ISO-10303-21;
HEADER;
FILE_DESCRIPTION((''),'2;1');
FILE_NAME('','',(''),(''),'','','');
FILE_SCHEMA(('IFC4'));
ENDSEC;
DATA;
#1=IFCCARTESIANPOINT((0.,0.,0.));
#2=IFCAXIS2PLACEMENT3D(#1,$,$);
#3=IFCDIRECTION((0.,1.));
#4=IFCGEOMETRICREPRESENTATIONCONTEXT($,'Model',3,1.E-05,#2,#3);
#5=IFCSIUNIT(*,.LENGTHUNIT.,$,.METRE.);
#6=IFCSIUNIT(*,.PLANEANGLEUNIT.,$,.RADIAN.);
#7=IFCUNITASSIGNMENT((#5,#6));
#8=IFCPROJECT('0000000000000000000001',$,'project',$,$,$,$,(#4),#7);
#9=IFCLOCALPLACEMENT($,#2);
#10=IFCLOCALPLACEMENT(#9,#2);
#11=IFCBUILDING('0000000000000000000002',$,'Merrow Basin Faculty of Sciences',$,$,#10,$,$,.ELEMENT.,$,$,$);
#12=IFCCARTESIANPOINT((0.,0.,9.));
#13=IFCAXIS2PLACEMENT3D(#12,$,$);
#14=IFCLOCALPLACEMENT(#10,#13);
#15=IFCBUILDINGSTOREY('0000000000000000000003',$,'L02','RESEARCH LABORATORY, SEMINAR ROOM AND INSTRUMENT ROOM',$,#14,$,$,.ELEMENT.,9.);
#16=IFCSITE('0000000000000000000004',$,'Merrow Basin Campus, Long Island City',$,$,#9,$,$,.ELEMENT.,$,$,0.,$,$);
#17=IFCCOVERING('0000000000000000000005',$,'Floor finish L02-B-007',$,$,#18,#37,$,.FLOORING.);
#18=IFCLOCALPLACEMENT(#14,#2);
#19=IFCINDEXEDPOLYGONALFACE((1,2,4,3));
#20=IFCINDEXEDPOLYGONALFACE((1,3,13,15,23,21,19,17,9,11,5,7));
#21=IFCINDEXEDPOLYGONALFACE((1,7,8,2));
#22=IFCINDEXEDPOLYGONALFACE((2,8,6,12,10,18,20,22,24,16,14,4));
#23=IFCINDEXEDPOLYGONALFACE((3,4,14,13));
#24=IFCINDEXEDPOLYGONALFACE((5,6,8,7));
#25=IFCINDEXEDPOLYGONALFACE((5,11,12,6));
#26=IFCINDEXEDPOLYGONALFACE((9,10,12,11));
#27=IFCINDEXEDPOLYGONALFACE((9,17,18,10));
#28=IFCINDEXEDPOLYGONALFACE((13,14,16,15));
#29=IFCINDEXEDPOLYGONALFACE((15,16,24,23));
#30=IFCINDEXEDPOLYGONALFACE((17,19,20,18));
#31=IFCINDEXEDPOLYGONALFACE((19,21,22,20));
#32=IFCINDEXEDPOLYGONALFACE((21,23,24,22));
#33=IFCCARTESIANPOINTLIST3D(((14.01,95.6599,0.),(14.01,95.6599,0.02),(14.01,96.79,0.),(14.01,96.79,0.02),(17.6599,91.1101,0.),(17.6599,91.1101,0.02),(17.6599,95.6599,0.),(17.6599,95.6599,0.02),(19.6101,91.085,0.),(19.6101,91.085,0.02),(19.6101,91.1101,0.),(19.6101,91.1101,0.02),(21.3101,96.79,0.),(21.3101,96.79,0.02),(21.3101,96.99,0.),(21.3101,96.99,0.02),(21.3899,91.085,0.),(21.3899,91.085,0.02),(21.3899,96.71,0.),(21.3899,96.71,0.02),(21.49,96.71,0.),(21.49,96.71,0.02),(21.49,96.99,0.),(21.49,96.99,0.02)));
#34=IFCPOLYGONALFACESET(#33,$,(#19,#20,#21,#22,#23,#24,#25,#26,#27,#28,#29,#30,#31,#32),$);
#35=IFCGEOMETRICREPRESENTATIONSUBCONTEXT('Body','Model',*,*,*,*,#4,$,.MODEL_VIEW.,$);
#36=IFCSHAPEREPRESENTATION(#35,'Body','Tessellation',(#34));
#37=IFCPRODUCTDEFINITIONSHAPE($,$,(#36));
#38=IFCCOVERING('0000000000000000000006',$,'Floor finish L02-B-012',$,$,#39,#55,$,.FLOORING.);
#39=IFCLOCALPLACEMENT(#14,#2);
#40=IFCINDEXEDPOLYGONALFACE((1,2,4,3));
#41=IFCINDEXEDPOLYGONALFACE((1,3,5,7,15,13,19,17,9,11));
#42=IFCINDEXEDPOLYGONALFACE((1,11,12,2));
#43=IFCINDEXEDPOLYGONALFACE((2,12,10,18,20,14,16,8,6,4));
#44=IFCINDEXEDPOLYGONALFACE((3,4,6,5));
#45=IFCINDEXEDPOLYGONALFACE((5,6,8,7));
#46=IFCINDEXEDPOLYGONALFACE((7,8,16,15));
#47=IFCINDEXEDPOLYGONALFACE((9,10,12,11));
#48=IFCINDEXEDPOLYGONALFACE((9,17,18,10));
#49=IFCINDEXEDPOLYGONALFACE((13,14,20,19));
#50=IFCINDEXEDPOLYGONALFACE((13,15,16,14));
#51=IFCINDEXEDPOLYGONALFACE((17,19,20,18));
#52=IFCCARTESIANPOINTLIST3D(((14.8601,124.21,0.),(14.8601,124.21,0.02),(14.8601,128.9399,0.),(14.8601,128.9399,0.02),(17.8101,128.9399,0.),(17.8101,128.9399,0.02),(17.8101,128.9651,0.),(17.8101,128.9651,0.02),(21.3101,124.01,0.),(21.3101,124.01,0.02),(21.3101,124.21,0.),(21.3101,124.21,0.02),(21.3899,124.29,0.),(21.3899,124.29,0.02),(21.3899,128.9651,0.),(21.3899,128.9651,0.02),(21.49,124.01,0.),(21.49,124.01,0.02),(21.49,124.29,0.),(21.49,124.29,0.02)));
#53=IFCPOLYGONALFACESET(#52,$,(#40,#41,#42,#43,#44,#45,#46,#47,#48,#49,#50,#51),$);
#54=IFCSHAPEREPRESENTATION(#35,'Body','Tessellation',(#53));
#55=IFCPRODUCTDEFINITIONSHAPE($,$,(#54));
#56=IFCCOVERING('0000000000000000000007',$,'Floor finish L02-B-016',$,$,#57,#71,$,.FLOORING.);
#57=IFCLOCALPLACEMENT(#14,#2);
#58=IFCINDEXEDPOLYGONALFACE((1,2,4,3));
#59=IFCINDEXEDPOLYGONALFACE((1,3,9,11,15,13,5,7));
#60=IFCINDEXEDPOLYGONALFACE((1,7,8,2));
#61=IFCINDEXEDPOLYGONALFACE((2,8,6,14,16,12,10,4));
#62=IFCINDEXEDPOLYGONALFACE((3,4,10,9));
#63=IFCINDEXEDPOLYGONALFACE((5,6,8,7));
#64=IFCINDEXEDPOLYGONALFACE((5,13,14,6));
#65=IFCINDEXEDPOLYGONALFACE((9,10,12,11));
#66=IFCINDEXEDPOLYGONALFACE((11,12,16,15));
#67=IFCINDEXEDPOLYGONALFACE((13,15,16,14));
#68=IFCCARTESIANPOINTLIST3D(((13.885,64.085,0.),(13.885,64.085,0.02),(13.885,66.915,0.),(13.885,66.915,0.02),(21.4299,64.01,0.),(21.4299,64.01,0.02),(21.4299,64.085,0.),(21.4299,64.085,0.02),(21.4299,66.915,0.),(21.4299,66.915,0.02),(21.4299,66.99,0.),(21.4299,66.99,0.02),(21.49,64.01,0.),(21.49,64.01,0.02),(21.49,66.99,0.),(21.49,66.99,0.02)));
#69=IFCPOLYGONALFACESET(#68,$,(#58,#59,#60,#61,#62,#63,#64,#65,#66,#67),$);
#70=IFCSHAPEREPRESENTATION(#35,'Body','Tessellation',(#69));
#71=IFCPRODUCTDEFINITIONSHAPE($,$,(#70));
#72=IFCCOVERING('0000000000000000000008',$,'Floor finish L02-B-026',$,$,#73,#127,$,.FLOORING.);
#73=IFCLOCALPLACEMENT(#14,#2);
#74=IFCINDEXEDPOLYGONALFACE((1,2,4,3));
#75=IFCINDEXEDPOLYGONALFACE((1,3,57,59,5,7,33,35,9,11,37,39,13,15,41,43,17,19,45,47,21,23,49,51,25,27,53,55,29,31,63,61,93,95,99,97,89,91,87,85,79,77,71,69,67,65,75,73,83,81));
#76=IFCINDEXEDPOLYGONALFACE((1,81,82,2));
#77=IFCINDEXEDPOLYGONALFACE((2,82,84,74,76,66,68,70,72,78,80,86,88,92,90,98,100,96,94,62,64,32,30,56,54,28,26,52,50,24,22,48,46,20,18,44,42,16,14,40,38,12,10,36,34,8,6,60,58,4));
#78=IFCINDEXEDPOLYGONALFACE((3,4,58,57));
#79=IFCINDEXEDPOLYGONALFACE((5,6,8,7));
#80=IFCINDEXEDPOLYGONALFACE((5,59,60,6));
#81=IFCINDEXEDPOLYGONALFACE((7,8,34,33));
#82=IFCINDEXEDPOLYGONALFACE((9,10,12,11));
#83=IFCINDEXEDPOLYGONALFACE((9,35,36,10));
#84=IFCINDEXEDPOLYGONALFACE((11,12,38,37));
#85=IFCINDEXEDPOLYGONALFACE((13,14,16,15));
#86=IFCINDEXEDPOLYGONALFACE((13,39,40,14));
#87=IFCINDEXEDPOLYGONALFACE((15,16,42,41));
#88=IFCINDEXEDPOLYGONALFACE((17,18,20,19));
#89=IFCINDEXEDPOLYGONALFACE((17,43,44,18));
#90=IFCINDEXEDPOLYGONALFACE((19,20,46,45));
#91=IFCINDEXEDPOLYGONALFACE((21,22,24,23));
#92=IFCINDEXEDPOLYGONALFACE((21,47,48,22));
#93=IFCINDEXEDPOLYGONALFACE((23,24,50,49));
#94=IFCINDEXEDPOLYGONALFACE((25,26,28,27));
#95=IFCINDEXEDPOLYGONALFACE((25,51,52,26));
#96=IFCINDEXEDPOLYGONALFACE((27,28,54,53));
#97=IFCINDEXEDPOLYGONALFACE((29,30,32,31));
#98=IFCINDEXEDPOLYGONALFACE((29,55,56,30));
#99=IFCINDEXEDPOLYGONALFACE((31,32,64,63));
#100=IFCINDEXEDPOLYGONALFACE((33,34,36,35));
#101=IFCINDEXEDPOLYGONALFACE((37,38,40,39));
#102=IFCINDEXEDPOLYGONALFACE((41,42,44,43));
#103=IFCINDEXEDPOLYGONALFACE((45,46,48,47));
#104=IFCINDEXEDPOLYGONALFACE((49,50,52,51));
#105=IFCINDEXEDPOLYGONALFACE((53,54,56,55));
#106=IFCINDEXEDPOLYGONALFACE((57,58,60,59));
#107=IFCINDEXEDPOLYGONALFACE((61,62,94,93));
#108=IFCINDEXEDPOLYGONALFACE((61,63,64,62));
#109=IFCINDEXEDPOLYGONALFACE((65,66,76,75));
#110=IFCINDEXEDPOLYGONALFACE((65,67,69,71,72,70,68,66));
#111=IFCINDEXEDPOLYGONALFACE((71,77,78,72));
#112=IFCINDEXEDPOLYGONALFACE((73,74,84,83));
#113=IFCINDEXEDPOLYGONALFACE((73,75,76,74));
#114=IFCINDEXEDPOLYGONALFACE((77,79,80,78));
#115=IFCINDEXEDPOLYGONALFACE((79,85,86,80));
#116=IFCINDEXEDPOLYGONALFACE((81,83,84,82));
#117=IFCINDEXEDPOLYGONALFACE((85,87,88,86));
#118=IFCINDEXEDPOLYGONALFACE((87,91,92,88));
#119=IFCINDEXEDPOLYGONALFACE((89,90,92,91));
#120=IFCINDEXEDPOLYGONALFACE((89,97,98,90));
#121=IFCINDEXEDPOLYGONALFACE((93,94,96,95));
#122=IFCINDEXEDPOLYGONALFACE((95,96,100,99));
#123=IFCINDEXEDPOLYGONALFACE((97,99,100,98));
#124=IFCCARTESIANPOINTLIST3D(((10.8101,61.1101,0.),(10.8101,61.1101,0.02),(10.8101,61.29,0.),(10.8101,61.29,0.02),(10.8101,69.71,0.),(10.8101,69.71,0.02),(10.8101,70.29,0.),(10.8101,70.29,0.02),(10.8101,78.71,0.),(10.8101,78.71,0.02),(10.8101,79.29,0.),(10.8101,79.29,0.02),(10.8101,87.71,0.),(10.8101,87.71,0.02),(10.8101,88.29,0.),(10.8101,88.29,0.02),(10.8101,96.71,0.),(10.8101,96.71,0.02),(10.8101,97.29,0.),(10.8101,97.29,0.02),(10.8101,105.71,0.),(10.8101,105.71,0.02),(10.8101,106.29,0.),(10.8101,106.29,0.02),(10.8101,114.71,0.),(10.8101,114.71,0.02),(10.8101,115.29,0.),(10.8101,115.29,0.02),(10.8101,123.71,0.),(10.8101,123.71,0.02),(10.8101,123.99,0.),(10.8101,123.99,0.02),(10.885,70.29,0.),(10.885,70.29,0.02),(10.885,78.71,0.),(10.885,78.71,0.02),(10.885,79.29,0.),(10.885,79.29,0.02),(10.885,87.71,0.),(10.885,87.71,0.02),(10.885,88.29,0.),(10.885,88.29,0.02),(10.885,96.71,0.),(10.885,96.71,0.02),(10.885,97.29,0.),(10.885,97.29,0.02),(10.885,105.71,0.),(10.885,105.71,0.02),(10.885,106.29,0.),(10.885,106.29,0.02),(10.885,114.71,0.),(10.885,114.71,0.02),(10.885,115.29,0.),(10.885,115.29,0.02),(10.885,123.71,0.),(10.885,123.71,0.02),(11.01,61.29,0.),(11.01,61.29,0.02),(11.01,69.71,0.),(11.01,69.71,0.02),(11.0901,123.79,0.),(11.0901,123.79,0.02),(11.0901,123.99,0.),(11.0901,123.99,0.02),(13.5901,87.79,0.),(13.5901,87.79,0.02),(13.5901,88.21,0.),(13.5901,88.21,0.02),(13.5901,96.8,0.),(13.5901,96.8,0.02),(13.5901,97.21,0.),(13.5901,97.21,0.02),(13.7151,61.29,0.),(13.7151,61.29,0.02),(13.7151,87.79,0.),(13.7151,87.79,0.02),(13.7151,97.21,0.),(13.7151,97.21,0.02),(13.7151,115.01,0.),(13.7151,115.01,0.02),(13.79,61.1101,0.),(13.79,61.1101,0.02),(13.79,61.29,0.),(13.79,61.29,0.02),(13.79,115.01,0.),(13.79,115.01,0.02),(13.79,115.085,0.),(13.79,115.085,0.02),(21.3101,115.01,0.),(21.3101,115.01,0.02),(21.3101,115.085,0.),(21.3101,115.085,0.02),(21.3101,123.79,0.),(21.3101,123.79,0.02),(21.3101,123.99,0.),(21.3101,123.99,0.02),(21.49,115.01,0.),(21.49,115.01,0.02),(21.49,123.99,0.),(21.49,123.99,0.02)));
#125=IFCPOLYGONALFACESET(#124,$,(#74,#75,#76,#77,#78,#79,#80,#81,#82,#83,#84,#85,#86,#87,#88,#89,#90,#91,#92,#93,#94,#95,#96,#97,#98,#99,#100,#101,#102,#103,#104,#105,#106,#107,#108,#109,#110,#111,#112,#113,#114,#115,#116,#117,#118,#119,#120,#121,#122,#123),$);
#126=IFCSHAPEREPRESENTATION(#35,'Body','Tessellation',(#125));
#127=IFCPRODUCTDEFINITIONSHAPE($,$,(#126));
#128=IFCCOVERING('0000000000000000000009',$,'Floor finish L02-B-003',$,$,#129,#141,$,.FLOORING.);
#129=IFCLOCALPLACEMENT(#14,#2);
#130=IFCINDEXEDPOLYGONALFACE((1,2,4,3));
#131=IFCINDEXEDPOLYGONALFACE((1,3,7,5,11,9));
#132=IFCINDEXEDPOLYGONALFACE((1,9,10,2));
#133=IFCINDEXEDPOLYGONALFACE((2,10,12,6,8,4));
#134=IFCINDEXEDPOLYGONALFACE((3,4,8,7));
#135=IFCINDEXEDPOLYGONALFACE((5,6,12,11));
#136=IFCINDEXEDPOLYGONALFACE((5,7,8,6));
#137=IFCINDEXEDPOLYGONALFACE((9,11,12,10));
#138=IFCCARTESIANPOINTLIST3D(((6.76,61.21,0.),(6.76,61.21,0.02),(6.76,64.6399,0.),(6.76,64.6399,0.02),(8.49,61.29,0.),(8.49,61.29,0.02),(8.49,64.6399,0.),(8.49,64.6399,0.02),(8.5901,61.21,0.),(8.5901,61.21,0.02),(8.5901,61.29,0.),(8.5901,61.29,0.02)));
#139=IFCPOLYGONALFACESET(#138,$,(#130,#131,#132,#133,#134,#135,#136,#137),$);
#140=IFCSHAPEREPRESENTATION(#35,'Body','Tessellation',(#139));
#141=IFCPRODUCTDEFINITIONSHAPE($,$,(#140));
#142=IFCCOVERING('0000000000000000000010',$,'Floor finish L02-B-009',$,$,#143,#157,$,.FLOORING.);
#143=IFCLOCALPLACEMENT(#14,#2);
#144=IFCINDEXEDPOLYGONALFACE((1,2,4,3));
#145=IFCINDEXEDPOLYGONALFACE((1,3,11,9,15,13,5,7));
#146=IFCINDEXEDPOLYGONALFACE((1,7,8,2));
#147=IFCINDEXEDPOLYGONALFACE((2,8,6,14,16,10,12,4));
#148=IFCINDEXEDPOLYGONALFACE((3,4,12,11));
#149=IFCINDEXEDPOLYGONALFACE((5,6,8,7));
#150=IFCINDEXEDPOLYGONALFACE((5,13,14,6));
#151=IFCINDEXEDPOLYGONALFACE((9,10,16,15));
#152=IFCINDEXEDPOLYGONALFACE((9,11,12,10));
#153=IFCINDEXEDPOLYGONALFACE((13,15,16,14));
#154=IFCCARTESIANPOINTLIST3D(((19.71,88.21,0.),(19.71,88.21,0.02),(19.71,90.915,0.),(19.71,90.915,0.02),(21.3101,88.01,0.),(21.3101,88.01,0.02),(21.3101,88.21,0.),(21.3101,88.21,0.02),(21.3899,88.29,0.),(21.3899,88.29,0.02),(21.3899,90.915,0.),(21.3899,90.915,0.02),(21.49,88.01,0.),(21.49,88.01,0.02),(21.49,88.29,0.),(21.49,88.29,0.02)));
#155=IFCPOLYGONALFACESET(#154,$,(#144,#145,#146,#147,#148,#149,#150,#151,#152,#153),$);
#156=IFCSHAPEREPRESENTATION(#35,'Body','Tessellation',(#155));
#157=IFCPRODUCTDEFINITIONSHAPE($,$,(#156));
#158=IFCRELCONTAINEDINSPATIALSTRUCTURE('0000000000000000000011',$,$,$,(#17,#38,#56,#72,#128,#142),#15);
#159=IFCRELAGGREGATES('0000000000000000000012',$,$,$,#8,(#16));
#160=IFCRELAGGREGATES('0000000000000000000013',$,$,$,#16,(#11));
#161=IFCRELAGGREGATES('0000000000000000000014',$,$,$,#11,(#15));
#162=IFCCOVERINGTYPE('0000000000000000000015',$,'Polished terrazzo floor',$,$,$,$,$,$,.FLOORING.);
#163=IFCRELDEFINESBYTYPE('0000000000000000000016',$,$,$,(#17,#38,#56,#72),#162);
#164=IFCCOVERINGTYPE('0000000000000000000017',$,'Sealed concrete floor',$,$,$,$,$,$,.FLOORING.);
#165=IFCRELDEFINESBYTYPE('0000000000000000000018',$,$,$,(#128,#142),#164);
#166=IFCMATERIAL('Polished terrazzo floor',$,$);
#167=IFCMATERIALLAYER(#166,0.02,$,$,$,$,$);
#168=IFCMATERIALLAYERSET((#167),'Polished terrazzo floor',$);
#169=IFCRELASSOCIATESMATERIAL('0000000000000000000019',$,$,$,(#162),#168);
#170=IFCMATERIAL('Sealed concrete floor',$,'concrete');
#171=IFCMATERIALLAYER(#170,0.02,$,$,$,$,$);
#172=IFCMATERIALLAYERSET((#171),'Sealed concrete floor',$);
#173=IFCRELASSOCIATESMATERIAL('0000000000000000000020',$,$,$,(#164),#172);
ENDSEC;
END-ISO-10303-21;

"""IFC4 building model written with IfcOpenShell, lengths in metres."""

from ifc_helpers import new_model, si_unit, direction, frame, origin, place, context, subcontext, project, spatial, polyline, outline, extrude, material, layer, layer_set, type_object, element, save


model = new_model("IFC4")

# Units and contexts
model_context = context("Model", 3, precision=1e-05, world=origin(), true_north=direction((0.0, 1.0)))
body_context = subcontext(model_context, "Body", "Model", "MODEL_VIEW")
ifc_project = project(units=[si_unit("LENGTHUNIT", "METRE"), si_unit("PLANEANGLEUNIT", "RADIAN")], contexts=[model_context])

# Site, building, storey
site_placement = place(None, origin())
site = spatial("IfcSite", under=ifc_project, at=site_placement, Name="Merrow Basin Campus, Long Island City", CompositionType="ELEMENT", RefElevation=0.0)
building_placement = place(site_placement, origin())
building = spatial("IfcBuilding", under=site, at=building_placement, Name="Merrow Basin Faculty of Sciences", CompositionType="ELEMENT")
storey_placement = place(building_placement, frame((0.0, 0.0, 9.0)))
storey = spatial("IfcBuildingStorey", under=building, at=storey_placement, Name="L02", Description="RESEARCH LABORATORY, SEMINAR ROOM AND INSTRUMENT ROOM", CompositionType="ELEMENT", Elevation=9.0)

# Coverings
ifc_material_1 = material(Name="Polished terrazzo floor")
ifc_layer_1 = layer(ifc_material_1, 0.02)
ifc_layer_set_1 = layer_set([ifc_layer_1], Name="Polished terrazzo floor")
covering_type_1 = type_object("IfcCoveringType", Name="Polished terrazzo floor", PredefinedType="FLOORING", material=ifc_layer_set_1)
covering_1_placement = place(storey_placement, origin())
element("IfcCovering", 1, at=covering_1_placement, inside=storey, type_object=covering_type_1, Name="Floor finish L02-B-007", PredefinedType="FLOORING", context=body_context, shape_type="SweptSolid", body=[
    extrude(outline(polyline([(21.3899, 91.085), (19.6101, 91.085), (19.6101, 91.1101), (17.6599, 91.1101), (17.6599, 95.6599), (14.01, 95.6599), (14.01, 96.79), (21.3101, 96.79), (21.3101, 96.99), (21.49, 96.99), (21.49, 96.71), (21.3899, 96.71), (21.3899, 91.085)])), origin(), (0.0, 0.0, 1.0), 0.02),
])
covering_2_placement = place(storey_placement, origin())
element("IfcCovering", 2, at=covering_2_placement, inside=storey, type_object=covering_type_1, Name="Floor finish L02-B-012", PredefinedType="FLOORING", context=body_context, shape_type="SweptSolid", body=[
    extrude(outline(polyline([(21.3899, 128.9651), (21.3899, 124.29), (21.49, 124.29), (21.49, 124.01), (21.3101, 124.01), (21.3101, 124.21), (14.8601, 124.21), (14.8601, 128.9399), (17.8101, 128.9399), (17.8101, 128.9651), (21.3899, 128.9651)])), origin(), (0.0, 0.0, 1.0), 0.02),
])
covering_3_placement = place(storey_placement, origin())
element("IfcCovering", 3, at=covering_3_placement, inside=storey, type_object=covering_type_1, Name="Floor finish L02-B-016", PredefinedType="FLOORING", context=body_context, shape_type="SweptSolid", body=[
    extrude(outline(polyline([(21.49, 66.99), (21.49, 64.01), (21.4299, 64.01), (21.4299, 64.085), (13.885, 64.085), (13.885, 66.915), (21.4299, 66.915), (21.4299, 66.99), (21.49, 66.99)])), origin(), (0.0, 0.0, 1.0), 0.02),
])
covering_4_placement = place(storey_placement, origin())
element("IfcCovering", 4, at=covering_4_placement, inside=storey, type_object=covering_type_1, Name="Floor finish L02-B-026", PredefinedType="FLOORING", context=body_context, shape_type="SweptSolid", body=[
    extrude(outline(polyline([(11.0901, 123.99), (11.0901, 123.79), (21.3101, 123.79), (21.3101, 123.99), (21.49, 123.99), (21.49, 115.01), (21.3101, 115.01), (21.3101, 115.085), (13.79, 115.085), (13.79, 115.01), (13.7151, 115.01), (13.7151, 97.21), (13.5901, 97.21), (13.5901, 96.8), (13.5901, 88.21), (13.5901, 87.79), (13.7151, 87.79), (13.7151, 61.29), (13.79, 61.29), (13.79, 61.1101), (10.8101, 61.1101), (10.8101, 61.29), (11.01, 61.29), (11.01, 69.71), (10.8101, 69.71), (10.8101, 70.29), (10.885, 70.29), (10.885, 78.71), (10.8101, 78.71), (10.8101, 79.29), (10.885, 79.29), (10.885, 87.71), (10.8101, 87.71), (10.8101, 88.29), (10.885, 88.29), (10.885, 96.71), (10.8101, 96.71), (10.8101, 97.29), (10.885, 97.29), (10.885, 105.71), (10.8101, 105.71), (10.8101, 106.29), (10.885, 106.29), (10.885, 114.71), (10.8101, 114.71), (10.8101, 115.29), (10.885, 115.29), (10.885, 123.71), (10.8101, 123.71), (10.8101, 123.99), (11.0901, 123.99)])), origin(), (0.0, 0.0, 1.0), 0.02),
])
ifc_material_2 = material(Name="Sealed concrete floor", Category="concrete")
ifc_layer_2 = layer(ifc_material_2, 0.02)
ifc_layer_set_2 = layer_set([ifc_layer_2], Name="Sealed concrete floor")
covering_type_2 = type_object("IfcCoveringType", Name="Sealed concrete floor", PredefinedType="FLOORING", material=ifc_layer_set_2)
covering_5_placement = place(storey_placement, origin())
element("IfcCovering", 5, at=covering_5_placement, inside=storey, type_object=covering_type_2, Name="Floor finish L02-B-003", PredefinedType="FLOORING", context=body_context, shape_type="SweptSolid", body=[
    extrude(outline(polyline([(8.5901, 61.21), (6.76, 61.21), (6.76, 64.6399), (8.49, 64.6399), (8.49, 61.29), (8.5901, 61.29), (8.5901, 61.21)])), origin(), (0.0, 0.0, 1.0), 0.02),
])
covering_6_placement = place(storey_placement, origin())
element("IfcCovering", 6, at=covering_6_placement, inside=storey, type_object=covering_type_2, Name="Floor finish L02-B-009", PredefinedType="FLOORING", context=body_context, shape_type="SweptSolid", body=[
    extrude(outline(polyline([(21.3899, 90.915), (21.3899, 88.29), (21.49, 88.29), (21.49, 88.01), (21.3101, 88.01), (21.3101, 88.21), (19.71, 88.21), (19.71, 90.915), (21.3899, 90.915)])), origin(), (0.0, 0.0, 1.0), 0.02),
])

save(model, "model.ifc")
